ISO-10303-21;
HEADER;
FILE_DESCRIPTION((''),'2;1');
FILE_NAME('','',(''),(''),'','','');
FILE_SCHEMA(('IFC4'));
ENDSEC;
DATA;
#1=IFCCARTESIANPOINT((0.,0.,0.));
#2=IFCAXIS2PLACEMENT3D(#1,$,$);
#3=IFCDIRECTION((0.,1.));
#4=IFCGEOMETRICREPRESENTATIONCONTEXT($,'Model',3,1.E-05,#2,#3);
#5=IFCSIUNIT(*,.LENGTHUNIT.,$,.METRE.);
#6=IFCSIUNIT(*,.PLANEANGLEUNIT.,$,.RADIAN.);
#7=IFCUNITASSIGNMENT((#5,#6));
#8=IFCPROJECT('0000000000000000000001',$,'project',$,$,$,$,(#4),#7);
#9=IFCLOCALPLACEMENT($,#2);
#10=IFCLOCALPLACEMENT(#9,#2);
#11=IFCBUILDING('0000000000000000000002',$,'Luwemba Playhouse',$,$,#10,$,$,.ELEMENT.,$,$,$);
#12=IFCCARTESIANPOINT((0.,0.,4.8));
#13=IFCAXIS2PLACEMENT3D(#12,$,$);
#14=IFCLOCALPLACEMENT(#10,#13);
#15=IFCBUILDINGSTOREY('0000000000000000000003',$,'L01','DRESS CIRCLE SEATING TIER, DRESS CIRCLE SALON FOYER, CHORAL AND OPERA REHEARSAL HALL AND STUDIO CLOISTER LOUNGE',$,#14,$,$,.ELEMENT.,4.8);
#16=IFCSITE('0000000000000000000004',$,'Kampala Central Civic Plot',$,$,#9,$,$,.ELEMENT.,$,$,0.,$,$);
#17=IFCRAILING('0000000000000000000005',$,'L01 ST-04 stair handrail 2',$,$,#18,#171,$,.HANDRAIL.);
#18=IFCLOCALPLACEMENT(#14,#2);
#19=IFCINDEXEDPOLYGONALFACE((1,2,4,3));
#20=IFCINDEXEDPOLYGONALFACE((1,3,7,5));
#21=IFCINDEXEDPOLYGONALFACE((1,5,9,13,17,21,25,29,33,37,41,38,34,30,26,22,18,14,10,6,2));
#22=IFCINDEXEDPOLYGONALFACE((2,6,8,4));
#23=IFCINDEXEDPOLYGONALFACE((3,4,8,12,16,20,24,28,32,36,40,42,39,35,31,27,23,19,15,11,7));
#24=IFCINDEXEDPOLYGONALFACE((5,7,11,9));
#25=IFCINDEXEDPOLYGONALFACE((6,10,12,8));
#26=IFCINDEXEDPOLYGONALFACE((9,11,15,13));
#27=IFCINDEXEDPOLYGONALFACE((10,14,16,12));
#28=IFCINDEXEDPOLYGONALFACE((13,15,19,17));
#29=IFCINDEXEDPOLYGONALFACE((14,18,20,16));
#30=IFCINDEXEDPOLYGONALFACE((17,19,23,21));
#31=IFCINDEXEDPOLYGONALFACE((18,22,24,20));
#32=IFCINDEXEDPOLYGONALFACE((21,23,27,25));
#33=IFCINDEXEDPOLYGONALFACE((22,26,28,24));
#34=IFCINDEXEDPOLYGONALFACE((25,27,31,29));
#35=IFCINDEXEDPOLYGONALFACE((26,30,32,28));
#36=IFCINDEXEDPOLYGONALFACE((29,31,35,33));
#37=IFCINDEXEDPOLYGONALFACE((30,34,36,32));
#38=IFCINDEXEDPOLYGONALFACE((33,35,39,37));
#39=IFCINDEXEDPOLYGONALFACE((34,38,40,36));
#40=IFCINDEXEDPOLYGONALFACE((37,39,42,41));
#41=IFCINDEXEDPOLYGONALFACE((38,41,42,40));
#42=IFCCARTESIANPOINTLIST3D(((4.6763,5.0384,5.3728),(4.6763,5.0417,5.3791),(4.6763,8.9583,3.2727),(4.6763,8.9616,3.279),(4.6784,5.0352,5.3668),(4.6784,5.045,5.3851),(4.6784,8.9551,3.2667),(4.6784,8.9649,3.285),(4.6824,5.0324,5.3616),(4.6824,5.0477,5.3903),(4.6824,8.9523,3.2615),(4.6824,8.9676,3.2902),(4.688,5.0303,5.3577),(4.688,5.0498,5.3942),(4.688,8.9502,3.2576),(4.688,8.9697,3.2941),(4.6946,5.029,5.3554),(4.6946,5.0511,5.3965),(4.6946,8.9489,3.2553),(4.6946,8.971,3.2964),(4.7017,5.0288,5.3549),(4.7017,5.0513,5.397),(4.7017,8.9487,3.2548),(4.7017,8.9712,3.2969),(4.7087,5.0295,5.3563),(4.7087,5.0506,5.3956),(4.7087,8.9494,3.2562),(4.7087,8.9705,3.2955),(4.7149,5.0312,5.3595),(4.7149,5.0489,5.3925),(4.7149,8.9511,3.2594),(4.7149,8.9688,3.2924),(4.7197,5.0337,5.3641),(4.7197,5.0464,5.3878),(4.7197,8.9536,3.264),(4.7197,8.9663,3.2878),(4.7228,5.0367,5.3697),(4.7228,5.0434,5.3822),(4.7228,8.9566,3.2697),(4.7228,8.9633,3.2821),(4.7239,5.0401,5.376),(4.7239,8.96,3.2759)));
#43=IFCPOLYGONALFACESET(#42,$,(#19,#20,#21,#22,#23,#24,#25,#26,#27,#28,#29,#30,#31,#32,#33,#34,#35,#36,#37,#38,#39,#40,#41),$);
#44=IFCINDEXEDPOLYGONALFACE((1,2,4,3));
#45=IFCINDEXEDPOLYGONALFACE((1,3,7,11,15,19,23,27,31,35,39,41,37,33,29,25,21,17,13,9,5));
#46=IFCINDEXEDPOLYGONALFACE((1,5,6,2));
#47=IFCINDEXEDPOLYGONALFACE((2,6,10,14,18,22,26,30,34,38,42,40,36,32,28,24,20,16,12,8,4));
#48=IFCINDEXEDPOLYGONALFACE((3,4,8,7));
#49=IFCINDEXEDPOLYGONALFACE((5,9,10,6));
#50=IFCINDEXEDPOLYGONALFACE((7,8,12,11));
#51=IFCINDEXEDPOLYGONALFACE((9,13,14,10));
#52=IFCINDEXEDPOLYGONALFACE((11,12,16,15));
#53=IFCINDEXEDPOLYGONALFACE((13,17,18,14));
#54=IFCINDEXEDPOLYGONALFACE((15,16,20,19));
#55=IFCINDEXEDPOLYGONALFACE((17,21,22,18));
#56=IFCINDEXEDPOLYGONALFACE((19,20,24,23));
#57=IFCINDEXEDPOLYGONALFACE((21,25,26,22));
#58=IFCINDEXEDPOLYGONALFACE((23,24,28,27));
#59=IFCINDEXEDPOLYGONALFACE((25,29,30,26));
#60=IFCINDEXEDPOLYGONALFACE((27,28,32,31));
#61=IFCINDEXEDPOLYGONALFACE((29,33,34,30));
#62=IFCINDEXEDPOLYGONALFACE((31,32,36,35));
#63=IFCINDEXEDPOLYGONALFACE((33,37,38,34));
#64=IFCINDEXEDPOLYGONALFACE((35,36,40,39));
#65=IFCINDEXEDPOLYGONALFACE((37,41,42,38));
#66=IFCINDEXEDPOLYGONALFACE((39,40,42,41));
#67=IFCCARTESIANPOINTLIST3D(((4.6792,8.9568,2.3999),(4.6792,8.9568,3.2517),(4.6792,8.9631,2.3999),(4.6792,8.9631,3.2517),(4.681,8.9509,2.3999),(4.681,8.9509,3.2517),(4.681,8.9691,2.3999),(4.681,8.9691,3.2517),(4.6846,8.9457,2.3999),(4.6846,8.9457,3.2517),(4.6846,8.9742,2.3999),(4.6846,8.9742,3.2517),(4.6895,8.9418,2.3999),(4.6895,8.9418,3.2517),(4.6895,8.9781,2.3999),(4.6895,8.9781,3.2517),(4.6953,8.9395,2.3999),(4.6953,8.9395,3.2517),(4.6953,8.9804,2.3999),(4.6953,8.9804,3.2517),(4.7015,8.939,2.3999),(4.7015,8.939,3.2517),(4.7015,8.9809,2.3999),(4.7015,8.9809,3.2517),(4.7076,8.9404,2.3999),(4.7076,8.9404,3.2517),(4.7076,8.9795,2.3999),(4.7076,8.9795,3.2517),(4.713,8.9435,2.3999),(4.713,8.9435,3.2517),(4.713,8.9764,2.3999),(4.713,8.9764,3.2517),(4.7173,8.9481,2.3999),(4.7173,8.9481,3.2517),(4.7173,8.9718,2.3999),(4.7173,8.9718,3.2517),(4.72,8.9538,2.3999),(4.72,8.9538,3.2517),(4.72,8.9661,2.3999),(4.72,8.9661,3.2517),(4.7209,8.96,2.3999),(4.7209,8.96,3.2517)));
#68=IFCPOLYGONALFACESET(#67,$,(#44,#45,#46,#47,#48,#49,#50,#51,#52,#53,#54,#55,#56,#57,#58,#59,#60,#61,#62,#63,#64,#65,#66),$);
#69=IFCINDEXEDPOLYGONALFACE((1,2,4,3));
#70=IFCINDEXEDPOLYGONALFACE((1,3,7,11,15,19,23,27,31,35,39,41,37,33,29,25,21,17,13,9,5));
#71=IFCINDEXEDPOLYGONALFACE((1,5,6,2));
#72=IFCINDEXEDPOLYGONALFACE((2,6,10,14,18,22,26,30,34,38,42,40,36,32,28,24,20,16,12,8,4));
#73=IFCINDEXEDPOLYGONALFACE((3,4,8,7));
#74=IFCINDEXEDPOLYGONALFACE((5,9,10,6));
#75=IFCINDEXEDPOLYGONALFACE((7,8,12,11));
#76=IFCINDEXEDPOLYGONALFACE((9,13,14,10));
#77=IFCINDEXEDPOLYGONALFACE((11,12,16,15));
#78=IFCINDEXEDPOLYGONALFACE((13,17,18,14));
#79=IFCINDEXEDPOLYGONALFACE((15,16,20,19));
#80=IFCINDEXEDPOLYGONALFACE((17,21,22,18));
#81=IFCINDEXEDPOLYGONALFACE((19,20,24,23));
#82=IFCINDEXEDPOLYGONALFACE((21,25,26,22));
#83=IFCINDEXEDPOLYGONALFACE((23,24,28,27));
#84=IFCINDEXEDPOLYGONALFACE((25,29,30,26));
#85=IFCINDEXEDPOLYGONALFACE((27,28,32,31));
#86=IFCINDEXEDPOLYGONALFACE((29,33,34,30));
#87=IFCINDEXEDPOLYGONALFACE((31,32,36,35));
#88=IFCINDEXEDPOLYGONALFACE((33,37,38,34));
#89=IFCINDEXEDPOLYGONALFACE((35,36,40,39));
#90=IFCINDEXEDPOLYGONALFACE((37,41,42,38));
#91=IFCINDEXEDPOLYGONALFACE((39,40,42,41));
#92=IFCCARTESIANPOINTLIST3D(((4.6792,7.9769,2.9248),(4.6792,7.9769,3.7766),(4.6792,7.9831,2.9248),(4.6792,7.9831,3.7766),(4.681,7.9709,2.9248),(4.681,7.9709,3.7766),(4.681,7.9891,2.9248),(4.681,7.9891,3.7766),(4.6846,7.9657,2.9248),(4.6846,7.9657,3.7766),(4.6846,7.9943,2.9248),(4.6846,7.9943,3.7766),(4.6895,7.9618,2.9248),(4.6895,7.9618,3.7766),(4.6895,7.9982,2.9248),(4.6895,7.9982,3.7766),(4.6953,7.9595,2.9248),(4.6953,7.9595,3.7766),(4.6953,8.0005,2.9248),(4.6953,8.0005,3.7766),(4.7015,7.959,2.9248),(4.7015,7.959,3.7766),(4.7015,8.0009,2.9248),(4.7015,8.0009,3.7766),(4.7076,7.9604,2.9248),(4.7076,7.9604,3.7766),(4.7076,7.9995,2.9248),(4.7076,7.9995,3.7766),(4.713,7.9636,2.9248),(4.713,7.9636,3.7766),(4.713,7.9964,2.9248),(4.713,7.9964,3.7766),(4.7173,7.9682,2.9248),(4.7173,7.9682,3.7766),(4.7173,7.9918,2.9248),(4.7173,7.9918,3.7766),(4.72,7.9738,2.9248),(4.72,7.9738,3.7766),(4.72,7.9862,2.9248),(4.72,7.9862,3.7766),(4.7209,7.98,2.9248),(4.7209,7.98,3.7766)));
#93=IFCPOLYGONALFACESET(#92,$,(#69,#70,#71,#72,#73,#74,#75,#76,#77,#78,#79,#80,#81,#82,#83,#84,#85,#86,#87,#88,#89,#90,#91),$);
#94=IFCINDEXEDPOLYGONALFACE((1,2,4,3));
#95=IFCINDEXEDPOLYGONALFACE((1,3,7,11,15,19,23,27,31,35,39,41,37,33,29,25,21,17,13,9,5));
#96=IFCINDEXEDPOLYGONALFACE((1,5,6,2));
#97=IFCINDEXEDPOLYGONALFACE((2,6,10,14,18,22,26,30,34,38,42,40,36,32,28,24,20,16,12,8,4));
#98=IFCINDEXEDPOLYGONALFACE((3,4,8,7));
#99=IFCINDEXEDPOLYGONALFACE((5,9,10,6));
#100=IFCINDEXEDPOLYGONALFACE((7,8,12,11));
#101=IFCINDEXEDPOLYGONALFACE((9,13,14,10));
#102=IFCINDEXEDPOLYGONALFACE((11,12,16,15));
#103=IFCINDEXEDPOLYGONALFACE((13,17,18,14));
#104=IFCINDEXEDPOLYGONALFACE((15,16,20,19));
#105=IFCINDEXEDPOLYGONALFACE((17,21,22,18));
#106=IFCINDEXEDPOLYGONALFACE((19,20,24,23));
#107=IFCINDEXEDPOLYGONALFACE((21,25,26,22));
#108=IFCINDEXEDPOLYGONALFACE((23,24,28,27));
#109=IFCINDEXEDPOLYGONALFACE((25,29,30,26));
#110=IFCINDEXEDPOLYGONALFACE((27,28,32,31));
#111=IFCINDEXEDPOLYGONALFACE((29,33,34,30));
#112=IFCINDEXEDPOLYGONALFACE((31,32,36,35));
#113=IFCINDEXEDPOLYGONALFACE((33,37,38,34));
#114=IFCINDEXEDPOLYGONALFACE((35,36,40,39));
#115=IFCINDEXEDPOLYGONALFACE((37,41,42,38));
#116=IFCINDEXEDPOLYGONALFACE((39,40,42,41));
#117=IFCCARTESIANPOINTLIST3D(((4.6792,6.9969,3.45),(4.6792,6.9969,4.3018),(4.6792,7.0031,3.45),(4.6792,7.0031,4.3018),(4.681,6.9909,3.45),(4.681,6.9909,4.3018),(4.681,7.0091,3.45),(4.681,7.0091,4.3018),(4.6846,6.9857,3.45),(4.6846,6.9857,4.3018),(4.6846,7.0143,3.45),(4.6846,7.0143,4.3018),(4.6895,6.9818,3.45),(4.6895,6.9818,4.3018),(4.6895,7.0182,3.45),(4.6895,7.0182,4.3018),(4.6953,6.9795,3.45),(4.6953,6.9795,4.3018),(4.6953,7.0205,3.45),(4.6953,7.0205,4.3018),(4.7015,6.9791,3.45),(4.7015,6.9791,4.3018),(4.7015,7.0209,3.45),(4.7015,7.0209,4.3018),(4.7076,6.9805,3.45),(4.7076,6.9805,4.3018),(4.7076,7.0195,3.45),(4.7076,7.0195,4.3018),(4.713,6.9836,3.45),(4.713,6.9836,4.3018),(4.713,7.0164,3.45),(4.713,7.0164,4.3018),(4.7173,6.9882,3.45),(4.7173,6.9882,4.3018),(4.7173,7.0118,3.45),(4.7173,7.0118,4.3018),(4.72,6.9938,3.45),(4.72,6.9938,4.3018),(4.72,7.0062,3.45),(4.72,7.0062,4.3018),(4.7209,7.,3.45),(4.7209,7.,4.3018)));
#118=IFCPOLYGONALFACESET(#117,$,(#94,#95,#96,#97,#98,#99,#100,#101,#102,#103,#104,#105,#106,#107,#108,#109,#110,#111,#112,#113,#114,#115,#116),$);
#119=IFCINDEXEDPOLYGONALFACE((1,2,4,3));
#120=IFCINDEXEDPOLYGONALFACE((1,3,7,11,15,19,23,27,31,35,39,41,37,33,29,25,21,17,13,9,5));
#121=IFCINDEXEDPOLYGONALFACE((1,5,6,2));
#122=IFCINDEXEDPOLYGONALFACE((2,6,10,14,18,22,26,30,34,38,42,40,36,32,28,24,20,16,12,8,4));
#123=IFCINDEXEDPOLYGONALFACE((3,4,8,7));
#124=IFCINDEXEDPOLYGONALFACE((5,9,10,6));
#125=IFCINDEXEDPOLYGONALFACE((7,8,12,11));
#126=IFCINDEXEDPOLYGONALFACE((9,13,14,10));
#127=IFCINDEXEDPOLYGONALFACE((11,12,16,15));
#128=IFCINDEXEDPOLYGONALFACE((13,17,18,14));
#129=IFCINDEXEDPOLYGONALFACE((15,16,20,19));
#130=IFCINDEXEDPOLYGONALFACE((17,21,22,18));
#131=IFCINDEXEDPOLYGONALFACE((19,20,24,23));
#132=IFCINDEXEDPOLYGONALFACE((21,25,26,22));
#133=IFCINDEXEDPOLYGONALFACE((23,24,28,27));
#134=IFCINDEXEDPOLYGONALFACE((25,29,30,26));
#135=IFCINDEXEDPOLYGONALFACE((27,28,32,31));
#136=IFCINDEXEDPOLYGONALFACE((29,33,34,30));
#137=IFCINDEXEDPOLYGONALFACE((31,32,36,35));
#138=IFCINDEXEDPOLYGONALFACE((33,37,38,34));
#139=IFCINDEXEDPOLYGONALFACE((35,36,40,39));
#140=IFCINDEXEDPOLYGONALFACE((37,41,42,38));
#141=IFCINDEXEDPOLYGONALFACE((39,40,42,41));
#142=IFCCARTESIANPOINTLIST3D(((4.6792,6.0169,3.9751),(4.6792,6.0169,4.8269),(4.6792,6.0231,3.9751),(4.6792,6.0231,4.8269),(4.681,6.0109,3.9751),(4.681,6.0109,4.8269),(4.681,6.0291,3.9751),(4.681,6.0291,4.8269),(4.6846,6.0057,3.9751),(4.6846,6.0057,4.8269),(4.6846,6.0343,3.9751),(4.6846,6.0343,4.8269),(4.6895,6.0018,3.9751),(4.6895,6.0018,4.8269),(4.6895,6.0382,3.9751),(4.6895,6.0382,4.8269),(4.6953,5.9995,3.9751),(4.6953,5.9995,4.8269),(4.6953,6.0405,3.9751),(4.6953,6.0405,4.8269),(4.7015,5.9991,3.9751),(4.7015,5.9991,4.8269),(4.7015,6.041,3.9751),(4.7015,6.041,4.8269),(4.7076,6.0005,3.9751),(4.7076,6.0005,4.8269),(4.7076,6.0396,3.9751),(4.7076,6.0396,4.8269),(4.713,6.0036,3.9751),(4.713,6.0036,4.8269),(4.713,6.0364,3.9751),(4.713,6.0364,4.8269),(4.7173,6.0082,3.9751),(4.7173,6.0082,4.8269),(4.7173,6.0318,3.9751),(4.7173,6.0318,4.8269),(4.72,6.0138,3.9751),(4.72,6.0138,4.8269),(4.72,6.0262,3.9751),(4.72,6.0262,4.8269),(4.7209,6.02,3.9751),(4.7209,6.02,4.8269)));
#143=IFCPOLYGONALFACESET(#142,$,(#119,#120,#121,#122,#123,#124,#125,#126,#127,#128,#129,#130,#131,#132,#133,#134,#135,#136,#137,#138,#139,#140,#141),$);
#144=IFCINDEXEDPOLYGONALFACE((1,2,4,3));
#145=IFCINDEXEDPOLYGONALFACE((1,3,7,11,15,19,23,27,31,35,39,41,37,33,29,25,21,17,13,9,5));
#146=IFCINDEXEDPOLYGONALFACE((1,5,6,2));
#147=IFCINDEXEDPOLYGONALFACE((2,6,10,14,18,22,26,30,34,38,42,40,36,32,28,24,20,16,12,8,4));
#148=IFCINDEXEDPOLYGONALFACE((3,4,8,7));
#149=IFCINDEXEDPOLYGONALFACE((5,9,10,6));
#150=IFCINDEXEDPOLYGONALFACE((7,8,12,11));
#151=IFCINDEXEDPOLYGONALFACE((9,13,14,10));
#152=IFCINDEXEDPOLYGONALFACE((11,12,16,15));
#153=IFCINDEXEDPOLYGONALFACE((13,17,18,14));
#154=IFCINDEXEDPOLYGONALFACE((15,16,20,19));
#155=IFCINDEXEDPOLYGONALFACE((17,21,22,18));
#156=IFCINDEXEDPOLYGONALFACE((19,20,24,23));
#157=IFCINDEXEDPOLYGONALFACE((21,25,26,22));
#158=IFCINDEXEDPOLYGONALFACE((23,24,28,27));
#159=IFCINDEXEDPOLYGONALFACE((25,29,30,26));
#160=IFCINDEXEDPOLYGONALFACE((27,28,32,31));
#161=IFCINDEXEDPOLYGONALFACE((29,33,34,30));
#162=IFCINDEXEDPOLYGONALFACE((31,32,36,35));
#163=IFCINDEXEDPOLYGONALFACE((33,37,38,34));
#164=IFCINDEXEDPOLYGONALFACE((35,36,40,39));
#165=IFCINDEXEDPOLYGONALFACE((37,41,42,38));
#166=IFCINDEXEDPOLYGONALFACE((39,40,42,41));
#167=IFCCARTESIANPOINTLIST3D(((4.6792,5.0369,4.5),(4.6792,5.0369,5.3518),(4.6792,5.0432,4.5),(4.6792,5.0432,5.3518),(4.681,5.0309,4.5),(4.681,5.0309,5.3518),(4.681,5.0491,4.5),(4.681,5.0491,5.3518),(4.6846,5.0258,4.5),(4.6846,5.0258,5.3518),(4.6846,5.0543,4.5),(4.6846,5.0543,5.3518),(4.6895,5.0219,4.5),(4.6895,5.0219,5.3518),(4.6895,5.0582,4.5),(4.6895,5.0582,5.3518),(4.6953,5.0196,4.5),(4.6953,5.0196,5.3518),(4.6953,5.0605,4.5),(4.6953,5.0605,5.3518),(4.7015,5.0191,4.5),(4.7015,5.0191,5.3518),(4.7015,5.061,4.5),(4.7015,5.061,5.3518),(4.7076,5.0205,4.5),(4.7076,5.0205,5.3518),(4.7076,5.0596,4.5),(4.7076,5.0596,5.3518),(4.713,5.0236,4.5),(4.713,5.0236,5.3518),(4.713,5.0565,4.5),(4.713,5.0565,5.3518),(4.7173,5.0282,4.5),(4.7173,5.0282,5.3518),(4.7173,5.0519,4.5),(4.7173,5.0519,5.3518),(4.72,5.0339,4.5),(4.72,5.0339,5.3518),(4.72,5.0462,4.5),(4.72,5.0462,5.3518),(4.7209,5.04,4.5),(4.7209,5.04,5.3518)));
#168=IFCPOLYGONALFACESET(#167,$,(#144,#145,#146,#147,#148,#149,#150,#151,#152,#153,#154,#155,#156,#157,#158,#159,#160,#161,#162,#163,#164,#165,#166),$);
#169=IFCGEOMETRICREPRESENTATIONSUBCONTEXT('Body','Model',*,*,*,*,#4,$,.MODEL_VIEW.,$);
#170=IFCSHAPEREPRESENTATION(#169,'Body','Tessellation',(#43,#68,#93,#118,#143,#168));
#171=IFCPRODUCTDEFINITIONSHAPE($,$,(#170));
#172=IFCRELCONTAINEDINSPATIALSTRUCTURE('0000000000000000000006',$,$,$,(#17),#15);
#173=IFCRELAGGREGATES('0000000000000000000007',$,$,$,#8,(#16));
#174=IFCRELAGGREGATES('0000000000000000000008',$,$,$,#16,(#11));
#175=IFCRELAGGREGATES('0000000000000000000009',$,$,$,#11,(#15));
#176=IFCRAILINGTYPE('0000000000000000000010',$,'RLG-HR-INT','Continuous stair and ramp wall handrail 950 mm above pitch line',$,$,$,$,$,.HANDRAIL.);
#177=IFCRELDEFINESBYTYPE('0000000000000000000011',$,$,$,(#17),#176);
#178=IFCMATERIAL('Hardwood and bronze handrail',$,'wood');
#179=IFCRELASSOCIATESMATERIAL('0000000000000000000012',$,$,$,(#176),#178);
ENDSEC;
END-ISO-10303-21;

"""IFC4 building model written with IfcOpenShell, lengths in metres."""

from ifc_helpers import new_model, si_unit, direction, frame, origin, origin_2d, place, context, subcontext, project, spatial, circle, extrude, material, type_object, element, save


model = new_model("IFC4")

# Units and contexts
model_context = context("Model", 3, precision=1e-05, world=origin(), true_north=direction((0.0, 1.0)))
body_context = subcontext(model_context, "Body", "Model", "MODEL_VIEW")
ifc_project = project(units=[si_unit("LENGTHUNIT", "METRE"), si_unit("PLANEANGLEUNIT", "RADIAN")], contexts=[model_context])

# Site, building, storey
site_placement = place(None, origin())
site = spatial("IfcSite", under=ifc_project, at=site_placement, Name="Kampala Central Civic Plot", CompositionType="ELEMENT", RefElevation=0.0)
building_placement = place(site_placement, origin())
building = spatial("IfcBuilding", under=site, at=building_placement, Name="Luwemba Playhouse", CompositionType="ELEMENT")
storey_placement = place(building_placement, frame((0.0, 0.0, 4.8)))
storey = spatial("IfcBuildingStorey", under=building, at=storey_placement, Name="L01", Description="DRESS CIRCLE SEATING TIER, DRESS CIRCLE SALON FOYER, CHORAL AND OPERA REHEARSAL HALL AND STUDIO CLOISTER LOUNGE", CompositionType="ELEMENT", Elevation=4.8)

# Railing
ifc_material_1 = material(Name="Hardwood and bronze handrail", Category="wood")
railing_type_1 = type_object("IfcRailingType", Name="RLG-HR-INT", Description="Continuous stair and ramp wall handrail 950 mm above pitch line", PredefinedType="HANDRAIL", material=ifc_material_1)
railing_1_placement = place(storey_placement, frame((4.7, 8.96, 2.3999)))
element("IfcRailing", 1, at=railing_1_placement, inside=storey, type_object=railing_type_1, Name="L01 ST-04 stair handrail 2", PredefinedType="HANDRAIL", context=body_context, shape_type="SweptSolid", body=[
    extrude(circle(Radius=0.0239, at=origin_2d()), frame((0.0, 0.0, 0.876), z_axis=(0.0, -0.881467, 0.472246), x_axis=(1.0, 0.0, 0.0)), (0.0, 0.0, 1.0), 4.447),
    extrude(circle(Radius=0.021, at=origin_2d()), origin(), (0.0, 0.0, 1.0), 0.8518),
    extrude(circle(Radius=0.021, at=origin_2d()), frame((0.0, -0.98, 0.5249)), (0.0, 0.0, 1.0), 0.8518),
    extrude(circle(Radius=0.021, at=origin_2d()), frame((0.0, -1.96, 1.05)), (0.0, 0.0, 1.0), 0.8518),
    extrude(circle(Radius=0.021, at=origin_2d()), frame((0.0, -2.9399, 1.5752)), (0.0, 0.0, 1.0), 0.8518),
    extrude(circle(Radius=0.021, at=origin_2d()), frame((0.0, -3.9199, 2.1001)), (0.0, 0.0, 1.0), 0.8518),
])

save(model, "model.ifc")
